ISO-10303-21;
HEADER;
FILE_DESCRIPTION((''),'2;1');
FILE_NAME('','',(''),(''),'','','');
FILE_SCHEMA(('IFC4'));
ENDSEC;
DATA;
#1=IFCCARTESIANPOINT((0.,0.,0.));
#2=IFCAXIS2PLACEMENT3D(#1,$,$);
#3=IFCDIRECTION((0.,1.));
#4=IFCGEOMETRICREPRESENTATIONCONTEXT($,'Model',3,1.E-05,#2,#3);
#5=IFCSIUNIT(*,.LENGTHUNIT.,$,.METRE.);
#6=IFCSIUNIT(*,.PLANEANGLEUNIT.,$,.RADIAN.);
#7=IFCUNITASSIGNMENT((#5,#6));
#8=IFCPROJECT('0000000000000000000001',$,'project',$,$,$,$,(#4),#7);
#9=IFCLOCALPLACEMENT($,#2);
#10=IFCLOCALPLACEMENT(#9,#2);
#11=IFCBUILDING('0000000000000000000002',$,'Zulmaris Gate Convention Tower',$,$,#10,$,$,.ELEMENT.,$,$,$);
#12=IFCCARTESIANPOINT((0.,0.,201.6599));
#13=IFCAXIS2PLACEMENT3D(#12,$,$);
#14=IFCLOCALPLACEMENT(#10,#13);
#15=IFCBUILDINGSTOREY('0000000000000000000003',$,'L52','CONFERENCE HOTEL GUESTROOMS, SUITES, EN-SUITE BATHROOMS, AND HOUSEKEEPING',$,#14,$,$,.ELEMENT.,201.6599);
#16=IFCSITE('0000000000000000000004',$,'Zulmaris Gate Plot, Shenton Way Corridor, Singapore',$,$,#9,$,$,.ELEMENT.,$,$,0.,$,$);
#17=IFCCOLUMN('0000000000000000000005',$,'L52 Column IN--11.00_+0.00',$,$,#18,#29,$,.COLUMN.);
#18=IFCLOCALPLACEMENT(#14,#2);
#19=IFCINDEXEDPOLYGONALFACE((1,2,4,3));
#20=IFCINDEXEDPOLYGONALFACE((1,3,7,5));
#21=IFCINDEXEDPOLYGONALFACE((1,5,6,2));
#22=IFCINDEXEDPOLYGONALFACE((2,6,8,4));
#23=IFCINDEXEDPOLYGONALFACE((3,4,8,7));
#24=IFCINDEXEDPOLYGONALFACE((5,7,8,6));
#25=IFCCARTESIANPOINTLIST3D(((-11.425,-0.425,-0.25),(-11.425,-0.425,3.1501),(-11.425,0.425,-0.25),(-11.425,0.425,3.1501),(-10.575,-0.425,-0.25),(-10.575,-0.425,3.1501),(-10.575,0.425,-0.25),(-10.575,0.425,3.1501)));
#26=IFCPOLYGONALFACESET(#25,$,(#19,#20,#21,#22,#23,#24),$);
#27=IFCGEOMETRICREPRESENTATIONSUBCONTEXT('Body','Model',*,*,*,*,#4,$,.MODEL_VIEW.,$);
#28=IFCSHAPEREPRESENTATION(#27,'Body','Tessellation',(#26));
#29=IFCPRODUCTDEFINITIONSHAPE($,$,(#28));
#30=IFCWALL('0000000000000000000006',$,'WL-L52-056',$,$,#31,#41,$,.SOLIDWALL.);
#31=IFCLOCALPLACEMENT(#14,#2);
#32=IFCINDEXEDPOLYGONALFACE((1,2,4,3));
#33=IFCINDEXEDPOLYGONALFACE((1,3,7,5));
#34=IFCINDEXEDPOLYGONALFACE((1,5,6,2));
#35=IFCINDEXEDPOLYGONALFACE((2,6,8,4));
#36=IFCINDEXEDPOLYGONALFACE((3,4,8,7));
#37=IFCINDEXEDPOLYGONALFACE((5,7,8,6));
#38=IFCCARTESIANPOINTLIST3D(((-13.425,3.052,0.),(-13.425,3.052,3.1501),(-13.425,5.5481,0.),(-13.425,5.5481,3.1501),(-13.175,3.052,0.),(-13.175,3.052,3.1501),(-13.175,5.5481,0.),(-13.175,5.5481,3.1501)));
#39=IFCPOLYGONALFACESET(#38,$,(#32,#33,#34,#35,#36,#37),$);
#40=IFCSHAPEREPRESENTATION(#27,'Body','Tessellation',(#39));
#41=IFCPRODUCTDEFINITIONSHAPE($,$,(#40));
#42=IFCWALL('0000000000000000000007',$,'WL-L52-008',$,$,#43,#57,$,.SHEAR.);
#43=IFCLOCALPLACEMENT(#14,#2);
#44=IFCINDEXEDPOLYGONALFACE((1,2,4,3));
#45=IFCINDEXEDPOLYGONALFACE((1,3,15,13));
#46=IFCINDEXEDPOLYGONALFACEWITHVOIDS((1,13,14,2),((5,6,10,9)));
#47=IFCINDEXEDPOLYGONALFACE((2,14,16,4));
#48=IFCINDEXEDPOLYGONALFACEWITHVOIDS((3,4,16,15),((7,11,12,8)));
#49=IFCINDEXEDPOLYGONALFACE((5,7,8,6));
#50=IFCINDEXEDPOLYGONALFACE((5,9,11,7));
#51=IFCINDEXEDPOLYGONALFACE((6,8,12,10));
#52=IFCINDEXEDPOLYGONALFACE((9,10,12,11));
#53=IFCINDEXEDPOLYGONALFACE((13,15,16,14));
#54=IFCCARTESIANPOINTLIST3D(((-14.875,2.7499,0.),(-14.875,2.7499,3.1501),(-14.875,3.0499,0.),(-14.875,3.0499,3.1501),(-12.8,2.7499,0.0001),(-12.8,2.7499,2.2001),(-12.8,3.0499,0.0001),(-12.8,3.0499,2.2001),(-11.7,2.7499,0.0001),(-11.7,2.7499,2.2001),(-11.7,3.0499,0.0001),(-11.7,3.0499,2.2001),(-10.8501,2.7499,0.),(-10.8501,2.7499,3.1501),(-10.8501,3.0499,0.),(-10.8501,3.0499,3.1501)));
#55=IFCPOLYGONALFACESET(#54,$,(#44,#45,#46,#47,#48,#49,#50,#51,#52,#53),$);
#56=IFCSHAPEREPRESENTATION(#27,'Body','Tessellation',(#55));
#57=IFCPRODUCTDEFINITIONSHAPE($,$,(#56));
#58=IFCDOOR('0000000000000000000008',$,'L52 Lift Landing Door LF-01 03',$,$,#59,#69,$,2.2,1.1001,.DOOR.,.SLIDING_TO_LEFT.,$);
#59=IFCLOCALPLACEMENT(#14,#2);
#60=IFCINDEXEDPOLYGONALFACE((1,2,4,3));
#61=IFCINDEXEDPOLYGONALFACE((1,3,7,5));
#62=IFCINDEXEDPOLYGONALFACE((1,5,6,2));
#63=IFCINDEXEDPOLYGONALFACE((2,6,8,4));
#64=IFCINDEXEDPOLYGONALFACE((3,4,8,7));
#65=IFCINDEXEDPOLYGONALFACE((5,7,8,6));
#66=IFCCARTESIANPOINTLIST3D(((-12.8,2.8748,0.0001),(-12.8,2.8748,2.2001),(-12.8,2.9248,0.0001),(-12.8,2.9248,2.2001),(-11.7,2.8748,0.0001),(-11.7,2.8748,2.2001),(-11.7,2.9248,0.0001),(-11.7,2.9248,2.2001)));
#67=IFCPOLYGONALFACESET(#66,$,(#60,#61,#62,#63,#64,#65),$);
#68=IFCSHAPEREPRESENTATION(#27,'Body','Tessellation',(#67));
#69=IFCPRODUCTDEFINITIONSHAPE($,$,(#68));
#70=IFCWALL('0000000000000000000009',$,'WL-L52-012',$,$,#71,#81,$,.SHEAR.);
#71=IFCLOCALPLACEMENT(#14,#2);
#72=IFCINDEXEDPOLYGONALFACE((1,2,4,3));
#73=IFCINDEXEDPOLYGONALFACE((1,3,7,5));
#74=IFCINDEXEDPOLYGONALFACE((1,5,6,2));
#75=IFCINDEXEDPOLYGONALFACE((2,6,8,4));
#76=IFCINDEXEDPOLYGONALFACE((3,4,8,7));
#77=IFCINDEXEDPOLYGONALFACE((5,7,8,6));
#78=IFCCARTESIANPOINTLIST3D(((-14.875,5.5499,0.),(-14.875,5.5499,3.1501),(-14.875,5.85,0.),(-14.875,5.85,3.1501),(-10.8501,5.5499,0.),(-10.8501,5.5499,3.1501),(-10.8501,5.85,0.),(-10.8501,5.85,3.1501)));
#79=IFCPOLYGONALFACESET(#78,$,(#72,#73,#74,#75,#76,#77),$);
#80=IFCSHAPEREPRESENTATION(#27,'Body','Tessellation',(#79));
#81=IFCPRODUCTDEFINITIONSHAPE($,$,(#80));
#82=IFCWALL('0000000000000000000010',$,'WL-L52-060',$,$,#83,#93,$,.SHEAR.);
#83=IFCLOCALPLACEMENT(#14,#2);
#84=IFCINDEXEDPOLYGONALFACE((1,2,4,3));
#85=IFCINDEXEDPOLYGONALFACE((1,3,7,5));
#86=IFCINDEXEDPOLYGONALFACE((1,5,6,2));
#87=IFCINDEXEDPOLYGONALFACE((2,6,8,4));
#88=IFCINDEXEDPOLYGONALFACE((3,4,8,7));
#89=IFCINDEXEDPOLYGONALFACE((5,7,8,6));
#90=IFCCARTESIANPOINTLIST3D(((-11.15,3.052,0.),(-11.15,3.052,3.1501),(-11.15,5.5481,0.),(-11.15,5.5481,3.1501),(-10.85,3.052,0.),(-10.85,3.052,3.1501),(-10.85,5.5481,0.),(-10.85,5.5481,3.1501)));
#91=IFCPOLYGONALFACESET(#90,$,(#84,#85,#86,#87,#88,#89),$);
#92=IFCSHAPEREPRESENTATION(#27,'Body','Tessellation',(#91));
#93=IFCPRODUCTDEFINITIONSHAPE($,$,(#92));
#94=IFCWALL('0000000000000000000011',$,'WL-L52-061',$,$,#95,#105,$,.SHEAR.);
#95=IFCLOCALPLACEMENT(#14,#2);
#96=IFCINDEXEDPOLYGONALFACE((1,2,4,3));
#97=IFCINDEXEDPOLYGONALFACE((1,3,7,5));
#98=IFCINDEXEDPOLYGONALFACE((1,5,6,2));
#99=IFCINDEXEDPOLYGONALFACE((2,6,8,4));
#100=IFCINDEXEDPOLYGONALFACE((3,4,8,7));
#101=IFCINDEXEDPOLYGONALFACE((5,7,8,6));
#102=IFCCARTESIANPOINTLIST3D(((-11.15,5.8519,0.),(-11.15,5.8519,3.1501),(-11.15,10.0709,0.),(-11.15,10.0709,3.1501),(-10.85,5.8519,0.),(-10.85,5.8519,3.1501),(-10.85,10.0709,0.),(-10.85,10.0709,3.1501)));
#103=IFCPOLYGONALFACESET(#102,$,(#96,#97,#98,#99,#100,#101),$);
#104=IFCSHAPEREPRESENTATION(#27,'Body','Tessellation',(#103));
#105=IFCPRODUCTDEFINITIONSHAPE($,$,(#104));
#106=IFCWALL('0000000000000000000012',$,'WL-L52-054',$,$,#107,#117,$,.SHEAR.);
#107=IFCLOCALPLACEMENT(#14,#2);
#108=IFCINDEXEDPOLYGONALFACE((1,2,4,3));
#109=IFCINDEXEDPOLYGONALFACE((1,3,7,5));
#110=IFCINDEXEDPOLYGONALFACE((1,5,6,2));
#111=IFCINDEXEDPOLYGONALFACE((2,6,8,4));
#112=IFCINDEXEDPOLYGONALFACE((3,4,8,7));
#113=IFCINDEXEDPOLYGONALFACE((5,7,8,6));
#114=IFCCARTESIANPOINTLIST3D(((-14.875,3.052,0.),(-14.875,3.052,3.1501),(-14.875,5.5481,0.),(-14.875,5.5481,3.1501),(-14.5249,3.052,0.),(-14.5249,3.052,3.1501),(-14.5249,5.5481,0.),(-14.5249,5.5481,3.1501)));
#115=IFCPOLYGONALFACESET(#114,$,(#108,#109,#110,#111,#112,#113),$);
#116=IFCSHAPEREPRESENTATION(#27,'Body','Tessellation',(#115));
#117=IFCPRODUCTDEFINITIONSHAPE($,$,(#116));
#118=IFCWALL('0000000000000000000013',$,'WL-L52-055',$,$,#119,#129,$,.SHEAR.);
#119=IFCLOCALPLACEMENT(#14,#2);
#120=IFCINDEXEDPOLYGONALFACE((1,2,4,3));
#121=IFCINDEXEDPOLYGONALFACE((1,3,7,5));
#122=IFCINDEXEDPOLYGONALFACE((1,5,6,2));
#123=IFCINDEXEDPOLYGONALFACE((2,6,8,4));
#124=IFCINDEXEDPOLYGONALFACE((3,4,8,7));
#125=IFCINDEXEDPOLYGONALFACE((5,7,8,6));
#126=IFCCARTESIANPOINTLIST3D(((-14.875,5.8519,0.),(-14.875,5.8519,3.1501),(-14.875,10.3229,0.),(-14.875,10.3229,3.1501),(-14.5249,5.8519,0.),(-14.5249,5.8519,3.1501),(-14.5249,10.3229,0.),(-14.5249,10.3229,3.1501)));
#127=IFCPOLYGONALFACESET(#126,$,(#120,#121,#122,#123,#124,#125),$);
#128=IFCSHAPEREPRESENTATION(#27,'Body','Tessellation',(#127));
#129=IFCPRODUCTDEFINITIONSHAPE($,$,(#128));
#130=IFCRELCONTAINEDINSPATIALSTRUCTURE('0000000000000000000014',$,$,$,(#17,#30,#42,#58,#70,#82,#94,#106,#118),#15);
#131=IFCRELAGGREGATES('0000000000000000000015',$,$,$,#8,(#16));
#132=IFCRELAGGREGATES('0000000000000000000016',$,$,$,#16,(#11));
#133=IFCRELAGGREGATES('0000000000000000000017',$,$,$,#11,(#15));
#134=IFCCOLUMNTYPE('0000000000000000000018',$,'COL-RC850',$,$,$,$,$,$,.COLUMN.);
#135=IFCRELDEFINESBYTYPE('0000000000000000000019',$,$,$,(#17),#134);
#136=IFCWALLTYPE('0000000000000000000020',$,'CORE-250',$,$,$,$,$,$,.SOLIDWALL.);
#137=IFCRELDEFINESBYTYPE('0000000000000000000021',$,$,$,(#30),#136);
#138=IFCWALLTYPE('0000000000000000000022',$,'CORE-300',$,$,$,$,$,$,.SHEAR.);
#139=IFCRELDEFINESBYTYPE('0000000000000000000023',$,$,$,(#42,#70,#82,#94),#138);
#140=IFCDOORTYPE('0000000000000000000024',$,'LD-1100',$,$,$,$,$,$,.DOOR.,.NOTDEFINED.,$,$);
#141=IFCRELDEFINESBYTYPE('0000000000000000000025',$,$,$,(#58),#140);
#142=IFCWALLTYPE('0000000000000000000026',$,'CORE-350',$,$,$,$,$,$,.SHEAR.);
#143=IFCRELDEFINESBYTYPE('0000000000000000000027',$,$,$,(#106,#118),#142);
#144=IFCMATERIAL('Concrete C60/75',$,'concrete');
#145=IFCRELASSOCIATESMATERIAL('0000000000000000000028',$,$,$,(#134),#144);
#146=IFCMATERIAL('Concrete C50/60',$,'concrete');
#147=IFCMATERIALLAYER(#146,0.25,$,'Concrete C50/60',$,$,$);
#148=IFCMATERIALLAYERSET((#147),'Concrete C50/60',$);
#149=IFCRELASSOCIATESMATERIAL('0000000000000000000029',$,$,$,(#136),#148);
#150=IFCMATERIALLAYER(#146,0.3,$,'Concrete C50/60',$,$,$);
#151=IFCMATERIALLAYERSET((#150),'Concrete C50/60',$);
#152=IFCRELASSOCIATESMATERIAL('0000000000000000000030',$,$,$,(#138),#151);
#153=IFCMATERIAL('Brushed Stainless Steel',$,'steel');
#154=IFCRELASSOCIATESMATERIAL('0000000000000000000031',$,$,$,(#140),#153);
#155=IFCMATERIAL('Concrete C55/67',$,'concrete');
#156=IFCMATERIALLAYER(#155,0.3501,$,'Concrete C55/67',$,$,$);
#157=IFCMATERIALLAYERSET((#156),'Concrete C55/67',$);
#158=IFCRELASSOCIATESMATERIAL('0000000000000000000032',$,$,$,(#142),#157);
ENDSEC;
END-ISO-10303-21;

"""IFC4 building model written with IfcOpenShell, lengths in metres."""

from ifc_helpers import new_model, si_unit, direction, frame, frame_2d, origin, origin_2d, place, context, subcontext, project, spatial, rectangle, extrude, material, layer, layer_set, material_profile, profile_set, type_object, element, fill, save


model = new_model("IFC4")

# Units and contexts
model_context = context("Model", 3, precision=1e-05, world=origin(), true_north=direction((0.0, 1.0)))
body_context = subcontext(model_context, "Body", "Model", "MODEL_VIEW")
ifc_project = project(units=[si_unit("LENGTHUNIT", "METRE"), si_unit("PLANEANGLEUNIT", "RADIAN")], contexts=[model_context])

# Site, building, storey
site_placement = place(None, origin())
site = spatial("IfcSite", under=ifc_project, at=site_placement, Name="Zulmaris Gate Plot, Shenton Way Corridor, Singapore", CompositionType="ELEMENT", RefElevation=0.0)
building_placement = place(site_placement, origin())
building = spatial("IfcBuilding", under=site, at=building_placement, Name="Zulmaris Gate Convention Tower", CompositionType="ELEMENT")
storey_placement = place(building_placement, frame((0.0, 0.0, 201.6599)))
storey = spatial("IfcBuildingStorey", under=building, at=storey_placement, Name="L52", Description="CONFERENCE HOTEL GUESTROOMS, SUITES, EN-SUITE BATHROOMS, AND HOUSEKEEPING", CompositionType="ELEMENT", Elevation=201.6599)

# Column
ifc_material_1 = material(Name="Concrete C60/75", Category="concrete")
ifc_material_profile = material_profile(ifc_material_1, rectangle(XDim=0.8501, YDim=0.8501, at=origin_2d()), Name="RC COL 850x850")
ifc_profile_set = profile_set([ifc_material_profile], Name="Concrete C60/75")
column_type = type_object("IfcColumnType", Name="COL-RC850", PredefinedType="COLUMN", material=ifc_profile_set)
column_placement = place(storey_placement, frame((-11.0, 0.0, -0.25), z_axis=(0.0, 0.0, 1.0), x_axis=(1.0, 0.0, 0.0)))
element("IfcColumn", 1, at=column_placement, inside=storey, type_object=column_type, Name="L52 Column IN--11.00_+0.00", PredefinedType="COLUMN", context=body_context, shape_type="SweptSolid", body=[
    extrude(rectangle(XDim=0.8501, YDim=0.8501, at=origin_2d()), origin(), (0.0, 0.0, 1.0), 3.4001),
])

# Wall
ifc_material_2 = material(Name="Concrete C50/60", Category="concrete")
ifc_layer_1 = layer(ifc_material_2, 0.25, Name="Concrete C50/60")
ifc_layer_set_1 = layer_set([ifc_layer_1], Name="Concrete C50/60")
wall_type_1 = type_object("IfcWallType", Name="CORE-250", PredefinedType="SOLIDWALL", material=ifc_layer_set_1)
wall_1_placement = place(storey_placement, frame((-13.3, 3.052, 0.0), z_axis=(0.0, 0.0, 1.0), x_axis=(0.0, 1.0, 0.0)))
element("IfcWall", 2, at=wall_1_placement, inside=storey, type_object=wall_type_1, Name="WL-L52-056", PredefinedType="SOLIDWALL", context=body_context, shape_type="SweptSolid", body=[
    extrude(rectangle(XDim=2.4961, YDim=0.25, at=frame_2d((1.248, 0.0))), origin(), (0.0, 0.0, 1.0), 3.1501),
])

# Wall, opening, door
ifc_layer_2 = layer(ifc_material_2, 0.3, Name="Concrete C50/60")
ifc_layer_set_2 = layer_set([ifc_layer_2], Name="Concrete C50/60")
wall_type_2 = type_object("IfcWallType", Name="CORE-300", PredefinedType="SHEAR", material=ifc_layer_set_2)
wall_2_placement = place(storey_placement, frame((-14.875, 2.8999, 0.0), z_axis=(0.0, 0.0, 1.0), x_axis=(1.0, 0.0, 0.0)))
wall_2 = element("IfcWall", 3, at=wall_2_placement, inside=storey, type_object=wall_type_2, Name="WL-L52-008", PredefinedType="SHEAR", context=body_context, shape_type="SweptSolid", body=[
    extrude(rectangle(XDim=4.0249, YDim=0.3, at=frame_2d((2.0125, 0.0))), origin(), (0.0, 0.0, 1.0), 3.1501),
])
opening_1_placement = place(wall_2_placement, frame((2.075, 0.0, 0.0)))
opening_1 = element("IfcOpeningElement", 4, at=opening_1_placement, cuts=wall_2, PredefinedType="OPENING", context=body_context, shape_type="SweptSolid", body=[
    extrude(rectangle(XDim=1.1001, YDim=2.2, at=frame_2d((0.55, 1.1001))), frame((0.0, 0.1602, 0.0), z_axis=(0.0, -1.0, 0.0), x_axis=(1.0, 0.0, 0.0)), (0.0, 0.0, 1.0), 0.3201),
])
ifc_material_3 = material(Name="Brushed Stainless Steel", Category="steel")
door_type_1 = type_object("IfcDoorType", Name="LD-1100", OperationType="NOTDEFINED", PredefinedType="DOOR", material=ifc_material_3)
door_1_placement = place(opening_1_placement, origin())
door_1 = element("IfcDoor", 5, at=door_1_placement, inside=storey, type_object=door_type_1, Name="L52 Lift Landing Door LF-01 03", OperationType="SLIDING_TO_LEFT", OverallHeight=2.2, OverallWidth=1.1001, PredefinedType="DOOR", context=body_context, shape_type="SweptSolid", body=[
    extrude(rectangle(XDim=1.1001, YDim=2.2, at=frame_2d((0.55, 1.1001))), frame((0.0, 0.0249, 0.0), z_axis=(0.0, -1.0, 0.0), x_axis=(1.0, 0.0, 0.0)), (0.0, 0.0, 1.0), 0.05),
])
fill(opening_1, door_1)

# Wall
wall_3_placement = place(storey_placement, frame((-14.875, 5.7, 0.0), z_axis=(0.0, 0.0, 1.0), x_axis=(1.0, 0.0, 0.0)))
element("IfcWall", 6, at=wall_3_placement, inside=storey, type_object=wall_type_2, Name="WL-L52-012", PredefinedType="SHEAR", context=body_context, shape_type="SweptSolid", body=[
    extrude(rectangle(XDim=4.0249, YDim=0.3, at=frame_2d((2.0125, 0.0))), origin(), (0.0, 0.0, 1.0), 3.1501),
])

# Walls
wall_4_placement = place(storey_placement, frame((-11.0, 3.052, 0.0), z_axis=(0.0, 0.0, 1.0), x_axis=(0.0, 1.0, 0.0)))
element("IfcWall", 7, at=wall_4_placement, inside=storey, type_object=wall_type_2, Name="WL-L52-060", PredefinedType="SHEAR", context=body_context, shape_type="SweptSolid", body=[
    extrude(rectangle(XDim=2.4961, YDim=0.3, at=frame_2d((1.248, 0.0))), origin(), (0.0, 0.0, 1.0), 3.1501),
])
wall_5_placement = place(storey_placement, frame((-11.0, 5.8521, 0.0), z_axis=(0.0, 0.0, 1.0), x_axis=(0.0, 1.0, 0.0)))
element("IfcWall", 8, at=wall_5_placement, inside=storey, type_object=wall_type_2, Name="WL-L52-061", PredefinedType="SHEAR", context=body_context, shape_type="SweptSolid", body=[
    extrude(rectangle(XDim=4.219, YDim=0.3, at=frame_2d((2.1094, 0.0))), origin(), (0.0, 0.0, 1.0), 3.1501),
])
ifc_material_4 = material(Name="Concrete C55/67", Category="concrete")
ifc_layer_3 = layer(ifc_material_4, 0.3501, Name="Concrete C55/67")
ifc_layer_set_3 = layer_set([ifc_layer_3], Name="Concrete C55/67")
wall_type_3 = type_object("IfcWallType", Name="CORE-350", PredefinedType="SHEAR", material=ifc_layer_set_3)
wall_6_placement = place(storey_placement, frame((-14.7, 3.052, 0.0), z_axis=(0.0, 0.0, 1.0), x_axis=(0.0, 1.0, 0.0)))
element("IfcWall", 9, at=wall_6_placement, inside=storey, type_object=wall_type_3, Name="WL-L52-054", PredefinedType="SHEAR", context=body_context, shape_type="SweptSolid", body=[
    extrude(rectangle(XDim=2.4961, YDim=0.3501, at=frame_2d((1.248, 0.0))), origin(), (0.0, 0.0, 1.0), 3.1501),
])
wall_7_placement = place(storey_placement, frame((-14.7, 5.8521, 0.0), z_axis=(0.0, 0.0, 1.0), x_axis=(0.0, 1.0, 0.0)))
element("IfcWall", 10, at=wall_7_placement, inside=storey, type_object=wall_type_3, Name="WL-L52-055", PredefinedType="SHEAR", context=body_context, shape_type="SweptSolid", body=[
    extrude(rectangle(XDim=4.4709, YDim=0.3501, at=frame_2d((2.2354, 0.0))), origin(), (0.0, 0.0, 1.0), 3.1501),
])

save(model, "model.ifc")
